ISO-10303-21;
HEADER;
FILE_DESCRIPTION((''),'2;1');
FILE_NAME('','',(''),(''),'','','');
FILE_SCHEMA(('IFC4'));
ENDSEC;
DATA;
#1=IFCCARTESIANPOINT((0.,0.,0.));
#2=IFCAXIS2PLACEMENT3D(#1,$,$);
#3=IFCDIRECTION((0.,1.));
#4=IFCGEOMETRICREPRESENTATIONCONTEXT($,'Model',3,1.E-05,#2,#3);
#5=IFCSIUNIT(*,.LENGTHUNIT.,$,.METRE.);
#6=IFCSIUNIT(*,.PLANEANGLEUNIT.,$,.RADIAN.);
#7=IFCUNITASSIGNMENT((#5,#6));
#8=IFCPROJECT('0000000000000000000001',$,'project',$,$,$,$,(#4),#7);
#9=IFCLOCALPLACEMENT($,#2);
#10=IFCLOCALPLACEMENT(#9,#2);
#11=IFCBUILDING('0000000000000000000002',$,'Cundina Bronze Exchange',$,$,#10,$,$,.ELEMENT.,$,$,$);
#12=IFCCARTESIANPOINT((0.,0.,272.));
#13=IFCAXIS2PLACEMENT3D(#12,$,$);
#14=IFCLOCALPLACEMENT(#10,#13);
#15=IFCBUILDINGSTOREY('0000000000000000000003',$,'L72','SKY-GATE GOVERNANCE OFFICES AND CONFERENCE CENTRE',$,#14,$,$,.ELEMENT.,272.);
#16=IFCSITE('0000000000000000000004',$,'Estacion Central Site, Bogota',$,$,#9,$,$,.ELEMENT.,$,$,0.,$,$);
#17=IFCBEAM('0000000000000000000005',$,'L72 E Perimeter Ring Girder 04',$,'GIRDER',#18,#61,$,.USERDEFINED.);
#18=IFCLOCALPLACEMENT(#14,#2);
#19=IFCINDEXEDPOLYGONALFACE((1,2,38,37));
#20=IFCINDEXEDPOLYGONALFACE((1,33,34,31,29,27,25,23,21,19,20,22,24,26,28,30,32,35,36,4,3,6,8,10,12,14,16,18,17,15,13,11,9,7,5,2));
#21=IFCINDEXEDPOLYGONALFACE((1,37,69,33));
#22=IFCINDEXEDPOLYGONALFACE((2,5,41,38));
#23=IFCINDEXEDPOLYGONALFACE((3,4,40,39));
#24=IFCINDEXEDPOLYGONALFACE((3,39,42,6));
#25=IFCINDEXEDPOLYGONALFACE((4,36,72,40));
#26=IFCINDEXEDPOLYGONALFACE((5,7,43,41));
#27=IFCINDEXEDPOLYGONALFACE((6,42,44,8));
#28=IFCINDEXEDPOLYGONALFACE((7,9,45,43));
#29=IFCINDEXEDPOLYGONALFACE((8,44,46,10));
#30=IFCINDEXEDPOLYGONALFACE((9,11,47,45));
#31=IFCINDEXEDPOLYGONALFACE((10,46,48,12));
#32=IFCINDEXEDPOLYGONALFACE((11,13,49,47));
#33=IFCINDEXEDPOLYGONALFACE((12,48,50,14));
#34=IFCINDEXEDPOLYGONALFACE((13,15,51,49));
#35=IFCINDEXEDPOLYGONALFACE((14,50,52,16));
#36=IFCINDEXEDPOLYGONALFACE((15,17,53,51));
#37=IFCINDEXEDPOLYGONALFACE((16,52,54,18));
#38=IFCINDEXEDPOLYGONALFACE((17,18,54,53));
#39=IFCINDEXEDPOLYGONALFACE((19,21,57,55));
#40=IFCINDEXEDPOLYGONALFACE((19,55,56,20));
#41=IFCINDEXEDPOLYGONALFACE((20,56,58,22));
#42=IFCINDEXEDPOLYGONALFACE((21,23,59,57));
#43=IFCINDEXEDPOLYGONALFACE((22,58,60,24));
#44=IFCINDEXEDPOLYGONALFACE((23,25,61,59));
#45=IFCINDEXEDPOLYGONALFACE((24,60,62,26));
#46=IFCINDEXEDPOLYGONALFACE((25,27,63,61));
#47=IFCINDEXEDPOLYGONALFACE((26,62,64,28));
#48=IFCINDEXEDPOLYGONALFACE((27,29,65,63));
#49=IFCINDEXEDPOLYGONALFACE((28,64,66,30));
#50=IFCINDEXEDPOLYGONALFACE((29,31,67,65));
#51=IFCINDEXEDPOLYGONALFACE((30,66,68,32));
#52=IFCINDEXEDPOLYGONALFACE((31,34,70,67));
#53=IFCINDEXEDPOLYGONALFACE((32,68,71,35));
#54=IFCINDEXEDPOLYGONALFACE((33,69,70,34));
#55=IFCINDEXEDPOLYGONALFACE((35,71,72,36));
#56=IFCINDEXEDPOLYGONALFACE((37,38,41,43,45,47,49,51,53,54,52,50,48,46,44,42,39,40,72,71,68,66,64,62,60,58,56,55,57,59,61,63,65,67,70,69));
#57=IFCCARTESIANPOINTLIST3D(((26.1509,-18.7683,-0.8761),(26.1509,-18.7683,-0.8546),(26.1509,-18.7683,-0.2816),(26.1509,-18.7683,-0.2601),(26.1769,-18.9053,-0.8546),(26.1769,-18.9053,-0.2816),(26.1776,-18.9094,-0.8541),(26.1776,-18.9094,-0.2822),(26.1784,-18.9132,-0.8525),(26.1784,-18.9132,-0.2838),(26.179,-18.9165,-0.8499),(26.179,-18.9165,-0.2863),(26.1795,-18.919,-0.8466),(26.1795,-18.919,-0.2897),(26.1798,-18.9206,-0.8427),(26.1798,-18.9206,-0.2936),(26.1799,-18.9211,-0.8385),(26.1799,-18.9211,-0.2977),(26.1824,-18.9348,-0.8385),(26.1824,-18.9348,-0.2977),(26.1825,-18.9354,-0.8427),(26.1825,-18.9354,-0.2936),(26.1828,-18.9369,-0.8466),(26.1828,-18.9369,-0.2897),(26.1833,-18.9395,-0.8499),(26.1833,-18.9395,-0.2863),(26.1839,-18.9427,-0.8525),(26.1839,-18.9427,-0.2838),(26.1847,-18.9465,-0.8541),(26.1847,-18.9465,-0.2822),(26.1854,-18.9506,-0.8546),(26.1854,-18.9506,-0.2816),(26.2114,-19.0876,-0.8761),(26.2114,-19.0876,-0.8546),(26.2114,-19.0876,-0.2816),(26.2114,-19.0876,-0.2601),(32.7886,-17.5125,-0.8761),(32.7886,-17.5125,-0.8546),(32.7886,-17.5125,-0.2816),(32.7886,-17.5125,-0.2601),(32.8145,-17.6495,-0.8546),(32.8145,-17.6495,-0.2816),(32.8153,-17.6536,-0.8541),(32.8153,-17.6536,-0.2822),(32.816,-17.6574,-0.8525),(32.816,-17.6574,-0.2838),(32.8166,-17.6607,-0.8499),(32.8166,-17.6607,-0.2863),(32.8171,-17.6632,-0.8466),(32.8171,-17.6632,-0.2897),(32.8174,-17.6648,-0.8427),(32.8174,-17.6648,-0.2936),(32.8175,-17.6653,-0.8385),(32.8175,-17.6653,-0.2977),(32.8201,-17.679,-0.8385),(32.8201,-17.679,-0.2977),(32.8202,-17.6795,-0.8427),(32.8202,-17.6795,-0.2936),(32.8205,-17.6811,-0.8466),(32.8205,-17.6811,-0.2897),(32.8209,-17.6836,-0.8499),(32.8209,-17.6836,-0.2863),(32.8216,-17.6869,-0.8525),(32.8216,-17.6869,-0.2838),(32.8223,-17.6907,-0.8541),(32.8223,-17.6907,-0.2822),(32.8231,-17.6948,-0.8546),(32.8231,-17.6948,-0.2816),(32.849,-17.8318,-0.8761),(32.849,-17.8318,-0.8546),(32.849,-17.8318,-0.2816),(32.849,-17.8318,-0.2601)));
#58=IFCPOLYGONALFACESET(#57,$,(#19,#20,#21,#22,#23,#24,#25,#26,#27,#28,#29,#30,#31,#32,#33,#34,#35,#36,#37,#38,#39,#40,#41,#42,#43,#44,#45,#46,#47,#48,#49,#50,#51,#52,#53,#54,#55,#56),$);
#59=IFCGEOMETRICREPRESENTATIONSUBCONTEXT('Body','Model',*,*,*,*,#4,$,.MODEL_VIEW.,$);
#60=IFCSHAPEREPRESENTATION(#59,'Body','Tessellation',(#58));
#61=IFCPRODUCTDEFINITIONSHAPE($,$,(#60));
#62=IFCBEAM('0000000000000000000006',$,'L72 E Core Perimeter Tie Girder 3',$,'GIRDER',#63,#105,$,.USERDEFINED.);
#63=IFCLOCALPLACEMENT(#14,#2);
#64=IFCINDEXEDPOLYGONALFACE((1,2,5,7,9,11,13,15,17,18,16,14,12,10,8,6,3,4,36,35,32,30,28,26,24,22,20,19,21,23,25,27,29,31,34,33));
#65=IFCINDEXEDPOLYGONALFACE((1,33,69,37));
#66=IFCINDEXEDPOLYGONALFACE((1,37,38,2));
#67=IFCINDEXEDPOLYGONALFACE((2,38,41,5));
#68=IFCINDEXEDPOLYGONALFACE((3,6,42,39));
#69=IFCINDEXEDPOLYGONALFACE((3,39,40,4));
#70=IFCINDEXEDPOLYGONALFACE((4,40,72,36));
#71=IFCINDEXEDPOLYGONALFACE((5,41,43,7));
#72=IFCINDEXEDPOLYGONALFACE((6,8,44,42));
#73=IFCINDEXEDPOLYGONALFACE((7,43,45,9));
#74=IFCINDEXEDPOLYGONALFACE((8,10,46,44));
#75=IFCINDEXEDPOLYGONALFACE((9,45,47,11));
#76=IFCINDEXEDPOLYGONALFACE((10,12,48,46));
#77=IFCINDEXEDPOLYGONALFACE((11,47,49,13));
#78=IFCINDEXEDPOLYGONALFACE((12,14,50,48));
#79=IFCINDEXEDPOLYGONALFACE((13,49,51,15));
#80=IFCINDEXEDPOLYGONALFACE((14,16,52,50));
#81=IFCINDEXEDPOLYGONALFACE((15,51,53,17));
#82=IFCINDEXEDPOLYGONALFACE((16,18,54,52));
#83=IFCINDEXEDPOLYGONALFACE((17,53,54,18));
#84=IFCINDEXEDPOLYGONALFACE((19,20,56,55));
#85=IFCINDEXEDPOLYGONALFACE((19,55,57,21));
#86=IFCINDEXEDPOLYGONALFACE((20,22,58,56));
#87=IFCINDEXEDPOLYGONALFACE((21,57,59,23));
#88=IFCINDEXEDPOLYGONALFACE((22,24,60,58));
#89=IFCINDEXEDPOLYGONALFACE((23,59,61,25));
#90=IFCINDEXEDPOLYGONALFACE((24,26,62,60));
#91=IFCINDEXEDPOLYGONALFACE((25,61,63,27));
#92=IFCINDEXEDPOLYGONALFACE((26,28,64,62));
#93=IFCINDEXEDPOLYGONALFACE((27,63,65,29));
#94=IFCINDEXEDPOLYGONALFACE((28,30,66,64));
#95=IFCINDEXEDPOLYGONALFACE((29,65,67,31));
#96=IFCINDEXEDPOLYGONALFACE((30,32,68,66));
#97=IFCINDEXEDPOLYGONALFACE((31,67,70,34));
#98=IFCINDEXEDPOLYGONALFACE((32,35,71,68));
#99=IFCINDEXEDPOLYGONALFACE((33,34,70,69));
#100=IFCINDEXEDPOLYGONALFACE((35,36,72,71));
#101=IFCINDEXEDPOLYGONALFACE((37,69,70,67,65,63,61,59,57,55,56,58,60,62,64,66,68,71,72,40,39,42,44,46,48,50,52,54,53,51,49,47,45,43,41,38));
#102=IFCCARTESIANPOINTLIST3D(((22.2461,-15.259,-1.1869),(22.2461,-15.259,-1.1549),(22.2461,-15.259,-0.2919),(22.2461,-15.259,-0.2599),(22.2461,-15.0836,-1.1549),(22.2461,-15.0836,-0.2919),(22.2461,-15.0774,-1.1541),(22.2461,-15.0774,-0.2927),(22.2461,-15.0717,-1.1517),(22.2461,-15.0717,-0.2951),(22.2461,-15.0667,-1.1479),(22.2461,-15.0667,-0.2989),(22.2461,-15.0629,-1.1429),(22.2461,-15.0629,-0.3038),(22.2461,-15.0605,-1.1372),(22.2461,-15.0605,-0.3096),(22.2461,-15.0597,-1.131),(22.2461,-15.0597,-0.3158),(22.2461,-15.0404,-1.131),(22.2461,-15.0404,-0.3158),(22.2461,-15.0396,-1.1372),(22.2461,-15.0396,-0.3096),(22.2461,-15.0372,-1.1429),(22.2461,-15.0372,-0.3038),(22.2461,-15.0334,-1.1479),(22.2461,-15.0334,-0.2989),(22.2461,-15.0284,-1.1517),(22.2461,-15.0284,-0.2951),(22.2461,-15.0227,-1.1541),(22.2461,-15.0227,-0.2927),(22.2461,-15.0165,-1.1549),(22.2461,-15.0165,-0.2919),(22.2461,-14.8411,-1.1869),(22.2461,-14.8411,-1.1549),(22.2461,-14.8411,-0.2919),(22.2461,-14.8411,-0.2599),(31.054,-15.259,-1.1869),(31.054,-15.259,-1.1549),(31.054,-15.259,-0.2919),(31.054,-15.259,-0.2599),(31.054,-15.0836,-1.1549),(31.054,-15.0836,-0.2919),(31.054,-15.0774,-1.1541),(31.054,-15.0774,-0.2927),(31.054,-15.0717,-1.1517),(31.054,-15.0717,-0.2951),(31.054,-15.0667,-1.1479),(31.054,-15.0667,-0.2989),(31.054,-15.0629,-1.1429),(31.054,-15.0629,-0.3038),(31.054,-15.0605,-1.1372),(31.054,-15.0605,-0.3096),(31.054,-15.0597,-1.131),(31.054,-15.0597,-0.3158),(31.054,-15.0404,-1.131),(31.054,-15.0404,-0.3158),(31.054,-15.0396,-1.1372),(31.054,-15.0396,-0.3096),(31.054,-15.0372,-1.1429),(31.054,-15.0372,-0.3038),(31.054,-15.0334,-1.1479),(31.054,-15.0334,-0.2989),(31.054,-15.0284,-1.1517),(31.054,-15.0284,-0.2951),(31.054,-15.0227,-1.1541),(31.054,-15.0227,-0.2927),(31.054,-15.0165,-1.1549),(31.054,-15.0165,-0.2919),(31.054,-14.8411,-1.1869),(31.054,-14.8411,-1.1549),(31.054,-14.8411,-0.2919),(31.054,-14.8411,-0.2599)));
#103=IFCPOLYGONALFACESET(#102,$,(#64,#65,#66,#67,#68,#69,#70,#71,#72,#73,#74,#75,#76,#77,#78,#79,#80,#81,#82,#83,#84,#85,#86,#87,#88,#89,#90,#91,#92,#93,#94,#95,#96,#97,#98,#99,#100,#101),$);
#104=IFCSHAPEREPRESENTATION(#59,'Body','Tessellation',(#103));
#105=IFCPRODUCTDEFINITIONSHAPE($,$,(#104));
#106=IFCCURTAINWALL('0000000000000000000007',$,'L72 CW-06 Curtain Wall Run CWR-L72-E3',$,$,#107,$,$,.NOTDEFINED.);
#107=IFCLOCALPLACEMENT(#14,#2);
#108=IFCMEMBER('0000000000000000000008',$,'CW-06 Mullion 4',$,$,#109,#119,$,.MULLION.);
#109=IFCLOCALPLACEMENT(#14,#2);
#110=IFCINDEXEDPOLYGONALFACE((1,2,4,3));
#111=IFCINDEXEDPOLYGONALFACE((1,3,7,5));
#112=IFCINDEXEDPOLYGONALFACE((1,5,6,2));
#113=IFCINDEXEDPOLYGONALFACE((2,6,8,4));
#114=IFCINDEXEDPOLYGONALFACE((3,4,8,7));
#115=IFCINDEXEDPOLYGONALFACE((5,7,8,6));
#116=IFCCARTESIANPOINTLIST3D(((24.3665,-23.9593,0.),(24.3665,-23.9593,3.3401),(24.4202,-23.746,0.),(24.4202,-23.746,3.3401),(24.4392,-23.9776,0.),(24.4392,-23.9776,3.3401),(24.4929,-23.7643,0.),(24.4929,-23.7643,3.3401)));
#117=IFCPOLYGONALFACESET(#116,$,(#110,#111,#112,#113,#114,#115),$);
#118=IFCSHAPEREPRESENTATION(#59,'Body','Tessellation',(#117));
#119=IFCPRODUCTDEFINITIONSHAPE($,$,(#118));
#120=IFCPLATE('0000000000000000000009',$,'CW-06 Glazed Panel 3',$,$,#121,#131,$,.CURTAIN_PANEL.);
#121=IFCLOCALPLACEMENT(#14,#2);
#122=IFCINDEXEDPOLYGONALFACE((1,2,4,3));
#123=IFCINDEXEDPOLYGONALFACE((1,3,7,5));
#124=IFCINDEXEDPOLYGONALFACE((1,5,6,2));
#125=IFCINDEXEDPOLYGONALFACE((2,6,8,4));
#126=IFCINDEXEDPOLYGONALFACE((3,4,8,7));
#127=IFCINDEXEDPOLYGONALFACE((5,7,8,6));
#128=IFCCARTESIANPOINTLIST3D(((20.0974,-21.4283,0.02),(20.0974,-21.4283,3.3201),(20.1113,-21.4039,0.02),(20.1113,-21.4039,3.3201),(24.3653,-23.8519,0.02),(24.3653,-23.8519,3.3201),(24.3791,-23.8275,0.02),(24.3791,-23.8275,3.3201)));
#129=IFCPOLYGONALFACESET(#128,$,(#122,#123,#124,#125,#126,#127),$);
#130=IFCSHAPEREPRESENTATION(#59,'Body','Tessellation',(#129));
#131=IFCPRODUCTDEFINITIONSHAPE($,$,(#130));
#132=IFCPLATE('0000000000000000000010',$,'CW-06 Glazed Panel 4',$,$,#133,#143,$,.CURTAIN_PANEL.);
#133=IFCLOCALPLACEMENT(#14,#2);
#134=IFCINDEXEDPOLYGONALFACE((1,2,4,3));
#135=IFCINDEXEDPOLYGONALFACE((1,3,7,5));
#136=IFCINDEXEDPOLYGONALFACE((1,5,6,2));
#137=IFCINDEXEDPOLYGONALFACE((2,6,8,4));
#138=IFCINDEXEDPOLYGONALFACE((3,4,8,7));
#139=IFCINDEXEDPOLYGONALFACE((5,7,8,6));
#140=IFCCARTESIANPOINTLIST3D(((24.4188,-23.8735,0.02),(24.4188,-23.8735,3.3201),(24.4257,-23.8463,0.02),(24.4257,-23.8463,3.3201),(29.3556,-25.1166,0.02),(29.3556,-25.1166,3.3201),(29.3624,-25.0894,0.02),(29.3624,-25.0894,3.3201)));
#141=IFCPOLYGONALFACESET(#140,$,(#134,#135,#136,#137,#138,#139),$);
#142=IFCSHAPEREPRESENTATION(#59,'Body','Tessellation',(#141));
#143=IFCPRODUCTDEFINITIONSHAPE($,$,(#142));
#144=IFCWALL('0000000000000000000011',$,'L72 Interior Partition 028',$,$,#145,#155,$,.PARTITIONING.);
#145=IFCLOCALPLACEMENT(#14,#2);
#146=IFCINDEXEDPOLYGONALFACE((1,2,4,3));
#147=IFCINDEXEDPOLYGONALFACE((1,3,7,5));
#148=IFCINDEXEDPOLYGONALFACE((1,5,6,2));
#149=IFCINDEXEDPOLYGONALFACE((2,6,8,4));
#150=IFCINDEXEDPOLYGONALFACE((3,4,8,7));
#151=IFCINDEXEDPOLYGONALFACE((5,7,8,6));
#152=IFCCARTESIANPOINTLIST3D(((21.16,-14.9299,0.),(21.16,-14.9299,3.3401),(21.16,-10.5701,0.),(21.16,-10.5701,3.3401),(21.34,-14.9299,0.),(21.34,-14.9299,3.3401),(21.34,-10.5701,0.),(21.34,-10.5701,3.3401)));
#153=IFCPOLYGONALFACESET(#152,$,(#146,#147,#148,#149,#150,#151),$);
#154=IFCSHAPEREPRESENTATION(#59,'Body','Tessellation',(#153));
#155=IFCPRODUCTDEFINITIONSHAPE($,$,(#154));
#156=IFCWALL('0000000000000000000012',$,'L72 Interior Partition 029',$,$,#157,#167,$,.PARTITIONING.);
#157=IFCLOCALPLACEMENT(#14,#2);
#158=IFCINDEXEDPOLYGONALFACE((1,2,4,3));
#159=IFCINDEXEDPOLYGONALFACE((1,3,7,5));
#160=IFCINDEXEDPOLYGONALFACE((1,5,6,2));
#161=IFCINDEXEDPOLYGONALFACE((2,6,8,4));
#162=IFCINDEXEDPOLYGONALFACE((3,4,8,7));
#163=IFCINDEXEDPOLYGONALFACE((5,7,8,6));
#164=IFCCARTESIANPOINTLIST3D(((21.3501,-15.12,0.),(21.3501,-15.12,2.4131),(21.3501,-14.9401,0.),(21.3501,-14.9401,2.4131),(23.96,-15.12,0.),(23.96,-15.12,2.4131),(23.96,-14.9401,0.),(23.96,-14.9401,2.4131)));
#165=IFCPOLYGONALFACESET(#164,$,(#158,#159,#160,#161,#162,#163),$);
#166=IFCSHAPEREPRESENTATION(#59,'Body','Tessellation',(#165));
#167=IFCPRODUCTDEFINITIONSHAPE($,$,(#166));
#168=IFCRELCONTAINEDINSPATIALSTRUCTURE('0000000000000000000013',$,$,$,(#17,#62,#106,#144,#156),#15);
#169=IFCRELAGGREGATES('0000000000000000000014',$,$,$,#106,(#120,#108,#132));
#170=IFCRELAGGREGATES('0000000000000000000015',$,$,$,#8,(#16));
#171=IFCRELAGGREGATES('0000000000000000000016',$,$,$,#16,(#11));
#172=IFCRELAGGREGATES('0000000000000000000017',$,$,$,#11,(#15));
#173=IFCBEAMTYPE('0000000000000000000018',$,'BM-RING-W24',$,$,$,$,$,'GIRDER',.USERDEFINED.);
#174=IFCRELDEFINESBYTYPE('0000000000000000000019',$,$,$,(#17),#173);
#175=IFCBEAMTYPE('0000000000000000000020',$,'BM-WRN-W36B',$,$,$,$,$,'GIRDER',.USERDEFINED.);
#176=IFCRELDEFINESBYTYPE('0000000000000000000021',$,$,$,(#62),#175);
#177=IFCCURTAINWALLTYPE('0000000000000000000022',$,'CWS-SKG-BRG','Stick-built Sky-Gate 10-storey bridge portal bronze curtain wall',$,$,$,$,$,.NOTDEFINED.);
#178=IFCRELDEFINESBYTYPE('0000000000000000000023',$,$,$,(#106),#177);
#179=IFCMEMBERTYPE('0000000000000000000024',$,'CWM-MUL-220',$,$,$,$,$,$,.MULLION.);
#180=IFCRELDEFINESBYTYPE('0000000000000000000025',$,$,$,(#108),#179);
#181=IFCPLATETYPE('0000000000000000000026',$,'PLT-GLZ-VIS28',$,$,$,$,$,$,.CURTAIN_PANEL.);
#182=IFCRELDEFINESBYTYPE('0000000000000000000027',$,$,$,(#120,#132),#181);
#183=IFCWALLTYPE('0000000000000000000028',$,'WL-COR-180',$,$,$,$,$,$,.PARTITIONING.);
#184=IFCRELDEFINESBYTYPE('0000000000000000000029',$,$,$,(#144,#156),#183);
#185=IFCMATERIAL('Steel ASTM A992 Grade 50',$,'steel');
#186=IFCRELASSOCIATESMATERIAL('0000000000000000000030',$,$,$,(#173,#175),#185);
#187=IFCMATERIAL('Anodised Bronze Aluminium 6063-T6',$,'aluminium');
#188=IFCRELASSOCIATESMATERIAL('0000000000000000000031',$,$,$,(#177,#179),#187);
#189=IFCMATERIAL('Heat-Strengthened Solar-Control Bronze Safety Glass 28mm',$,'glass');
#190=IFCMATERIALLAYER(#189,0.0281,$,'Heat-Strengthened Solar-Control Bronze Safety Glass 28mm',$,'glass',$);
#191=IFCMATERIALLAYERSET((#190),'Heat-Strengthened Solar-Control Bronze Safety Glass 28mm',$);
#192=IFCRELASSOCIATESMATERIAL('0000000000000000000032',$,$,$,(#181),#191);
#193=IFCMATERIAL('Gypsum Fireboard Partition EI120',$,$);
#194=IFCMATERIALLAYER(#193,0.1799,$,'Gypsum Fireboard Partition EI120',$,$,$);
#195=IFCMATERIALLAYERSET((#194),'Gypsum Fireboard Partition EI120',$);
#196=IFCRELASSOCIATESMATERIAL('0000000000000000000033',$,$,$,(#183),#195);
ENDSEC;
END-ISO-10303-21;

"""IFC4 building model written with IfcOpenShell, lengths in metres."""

from ifc_helpers import new_model, si_unit, direction, frame, frame_2d, origin, origin_2d, place, context, subcontext, project, spatial, rectangle, i_section, extrude, material, layer, layer_set, material_profile, profile_set, type_object, element, aggregate, save


model = new_model("IFC4")

# Units and contexts
model_context = context("Model", 3, precision=1e-05, world=origin(), true_north=direction((0.0, 1.0)))
body_context = subcontext(model_context, "Body", "Model", "MODEL_VIEW")
ifc_project = project(units=[si_unit("LENGTHUNIT", "METRE"), si_unit("PLANEANGLEUNIT", "RADIAN")], contexts=[model_context])

# Site, building, storey
site_placement = place(None, origin())
site = spatial("IfcSite", under=ifc_project, at=site_placement, Name="Estacion Central Site, Bogota", CompositionType="ELEMENT", RefElevation=0.0)
building_placement = place(site_placement, origin())
building = spatial("IfcBuilding", under=site, at=building_placement, Name="Cundina Bronze Exchange", CompositionType="ELEMENT")
storey_placement = place(building_placement, frame((0.0, 0.0, 272.0)))
storey = spatial("IfcBuildingStorey", under=building, at=storey_placement, Name="L72", Description="SKY-GATE GOVERNANCE OFFICES AND CONFERENCE CENTRE", CompositionType="ELEMENT", Elevation=272.0)

# Shared definitions
ifc_material_1 = material(Name="Steel ASTM A992 Grade 50", Category="steel")

# Beams
ifc_material_profile_1 = material_profile(ifc_material_1, i_section(OverallWidth=0.325, OverallDepth=0.616, WebThickness=0.0139, FlangeThickness=0.0215, FilletRadius=0.0161, at=origin_2d()), Name="W24X117", Category="steel")
ifc_profile_set_1 = profile_set([ifc_material_profile_1], Name="Steel ASTM A992 Grade 50")
beam_type_1 = type_object("IfcBeamType", Name="BM-RING-W24", ElementType="GIRDER", PredefinedType="USERDEFINED", material=ifc_profile_set_1)
beam_1_placement = place(storey_placement, frame((26.1812, -18.928, -0.5681), z_axis=(0.982568, 0.185903, 0.0), x_axis=(-0.185903, 0.982568, 0.0)))
element("IfcBeam", 1, at=beam_1_placement, inside=storey, type_object=beam_type_1, Name="L72 E Perimeter Ring Girder 04", ObjectType="GIRDER", PredefinedType="USERDEFINED", context=body_context, shape_type="SweptSolid", body=[
    extrude(i_section(OverallWidth=0.325, OverallDepth=0.616, WebThickness=0.0139, FlangeThickness=0.0215, FilletRadius=0.0161, at=origin_2d()), origin(), (0.0, 0.0, 1.0), 6.7554),
])
ifc_material_profile_2 = material_profile(ifc_material_1, i_section(OverallWidth=0.418, OverallDepth=0.927, WebThickness=0.0193, FlangeThickness=0.032, FilletRadius=0.0239, at=origin_2d()), Name="W36X231", Category="steel")
ifc_profile_set_2 = profile_set([ifc_material_profile_2], Name="Steel ASTM A992 Grade 50")
beam_type_2 = type_object("IfcBeamType", Name="BM-WRN-W36B", ElementType="GIRDER", PredefinedType="USERDEFINED", material=ifc_profile_set_2)
beam_2_placement = place(storey_placement, frame((22.2461, -15.05, -0.7234), z_axis=(1.0, 0.0, 0.0), x_axis=(0.0, 1.0, 0.0)))
element("IfcBeam", 2, at=beam_2_placement, inside=storey, type_object=beam_type_2, Name="L72 E Core Perimeter Tie Girder 3", ObjectType="GIRDER", PredefinedType="USERDEFINED", context=body_context, shape_type="SweptSolid", body=[
    extrude(i_section(OverallWidth=0.418, OverallDepth=0.927, WebThickness=0.0193, FlangeThickness=0.032, FilletRadius=0.0239, at=origin_2d()), origin(), (0.0, 0.0, 1.0), 8.8079),
])

# Curtain wall, member, plates
ifc_material_2 = material(Name="Anodised Bronze Aluminium 6063-T6", Category="aluminium")
curtain_wall_type = type_object("IfcCurtainWallType", Name="CWS-SKG-BRG", Description="Stick-built Sky-Gate 10-storey bridge portal bronze curtain wall", PredefinedType="NOTDEFINED", material=ifc_material_2)
curtain_wall_placement = place(storey_placement, origin())
curtain_wall = element("IfcCurtainWall", 3, at=curtain_wall_placement, inside=storey, type_object=curtain_wall_type, Name="L72 CW-06 Curtain Wall Run CWR-L72-E3", PredefinedType="NOTDEFINED")
ifc_material_profile_3 = material_profile(ifc_material_2, rectangle(XDim=0.075, YDim=0.22, at=origin_2d()), Name="AL75X220", Category="aluminium")
ifc_profile_set_3 = profile_set([ifc_material_profile_3], Name="Anodised Bronze Aluminium 6063-T6")
member_type = type_object("IfcMemberType", Name="CWM-MUL-220", PredefinedType="MULLION", material=ifc_profile_set_3)
member_placement = place(storey_placement, frame((24.4297, -23.8618, 0.0), z_axis=(0.0, 0.0, 1.0), x_axis=(0.969744, -0.244123, 0.0)))
member = element("IfcMember", 4, at=member_placement, type_object=member_type, Name="CW-06 Mullion 4", PredefinedType="MULLION", context=body_context, shape_type="SweptSolid", body=[
    extrude(rectangle(XDim=0.075, YDim=0.22, at=origin_2d()), origin(), (0.0, 0.0, 1.0), 3.3401),
])
ifc_material_3 = material(Name="Heat-Strengthened Solar-Control Bronze Safety Glass 28mm", Category="glass")
ifc_layer_1 = layer(ifc_material_3, 0.0281, Name="Heat-Strengthened Solar-Control Bronze Safety Glass 28mm", Category="glass")
ifc_layer_set_1 = layer_set([ifc_layer_1], Name="Heat-Strengthened Solar-Control Bronze Safety Glass 28mm")
plate_type = type_object("IfcPlateType", Name="PLT-GLZ-VIS28", PredefinedType="CURTAIN_PANEL", material=ifc_layer_set_1)
plate_1_placement = place(storey_placement, frame((22.2383, -22.6279, 0.02), z_axis=(0.0, 0.0, 1.0), x_axis=(0.869573, -0.493805, 0.0)))
plate_1 = element("IfcPlate", 5, at=plate_1_placement, type_object=plate_type, Name="CW-06 Glazed Panel 3", PredefinedType="CURTAIN_PANEL", context=body_context, shape_type="SweptSolid", body=[
    extrude(rectangle(XDim=4.908, YDim=0.0281, at=origin_2d()), origin(), (0.0, 0.0, 1.0), 3.3),
])
plate_2_placement = place(storey_placement, frame((26.8906, -24.4814, 0.02), z_axis=(0.0, 0.0, 1.0), x_axis=(0.969732, -0.244174, 0.0)))
plate_2 = element("IfcPlate", 6, at=plate_2_placement, type_object=plate_type, Name="CW-06 Glazed Panel 4", PredefinedType="CURTAIN_PANEL", context=body_context, shape_type="SweptSolid", body=[
    extrude(rectangle(XDim=5.0908, YDim=0.0281, at=origin_2d()), origin(), (0.0, 0.0, 1.0), 3.3),
])
aggregate(curtain_wall, [plate_1, member, plate_2])

# Walls
ifc_material_4 = material(Name="Gypsum Fireboard Partition EI120")
ifc_layer_2 = layer(ifc_material_4, 0.1799, Name="Gypsum Fireboard Partition EI120")
ifc_layer_set_2 = layer_set([ifc_layer_2], Name="Gypsum Fireboard Partition EI120")
wall_type_1 = type_object("IfcWallType", Name="WL-COR-180", PredefinedType="PARTITIONING", material=ifc_layer_set_2)
wall_1_placement = place(storey_placement, frame((21.25, -14.9299, 0.0), z_axis=(0.0, 0.0, 1.0), x_axis=(0.0, 1.0, 0.0)))
element("IfcWall", 7, at=wall_1_placement, inside=storey, type_object=wall_type_1, Name="L72 Interior Partition 028", PredefinedType="PARTITIONING", context=body_context, shape_type="SweptSolid", body=[
    extrude(rectangle(XDim=4.3599, YDim=0.1799, at=frame_2d((2.1799, 0.0))), origin(), (0.0, 0.0, 1.0), 3.3401),
])
wall_2_placement = place(storey_placement, frame((21.3501, -15.03, 0.0), z_axis=(0.0, 0.0, 1.0), x_axis=(1.0, 0.0, 0.0)))
element("IfcWall", 8, at=wall_2_placement, inside=storey, type_object=wall_type_1, Name="L72 Interior Partition 029", PredefinedType="PARTITIONING", context=body_context, shape_type="SweptSolid", body=[
    extrude(rectangle(XDim=2.6099, YDim=0.1799, at=frame_2d((1.3049, 0.0))), origin(), (0.0, 0.0, 1.0), 2.4131),
])

save(model, "model.ifc")
